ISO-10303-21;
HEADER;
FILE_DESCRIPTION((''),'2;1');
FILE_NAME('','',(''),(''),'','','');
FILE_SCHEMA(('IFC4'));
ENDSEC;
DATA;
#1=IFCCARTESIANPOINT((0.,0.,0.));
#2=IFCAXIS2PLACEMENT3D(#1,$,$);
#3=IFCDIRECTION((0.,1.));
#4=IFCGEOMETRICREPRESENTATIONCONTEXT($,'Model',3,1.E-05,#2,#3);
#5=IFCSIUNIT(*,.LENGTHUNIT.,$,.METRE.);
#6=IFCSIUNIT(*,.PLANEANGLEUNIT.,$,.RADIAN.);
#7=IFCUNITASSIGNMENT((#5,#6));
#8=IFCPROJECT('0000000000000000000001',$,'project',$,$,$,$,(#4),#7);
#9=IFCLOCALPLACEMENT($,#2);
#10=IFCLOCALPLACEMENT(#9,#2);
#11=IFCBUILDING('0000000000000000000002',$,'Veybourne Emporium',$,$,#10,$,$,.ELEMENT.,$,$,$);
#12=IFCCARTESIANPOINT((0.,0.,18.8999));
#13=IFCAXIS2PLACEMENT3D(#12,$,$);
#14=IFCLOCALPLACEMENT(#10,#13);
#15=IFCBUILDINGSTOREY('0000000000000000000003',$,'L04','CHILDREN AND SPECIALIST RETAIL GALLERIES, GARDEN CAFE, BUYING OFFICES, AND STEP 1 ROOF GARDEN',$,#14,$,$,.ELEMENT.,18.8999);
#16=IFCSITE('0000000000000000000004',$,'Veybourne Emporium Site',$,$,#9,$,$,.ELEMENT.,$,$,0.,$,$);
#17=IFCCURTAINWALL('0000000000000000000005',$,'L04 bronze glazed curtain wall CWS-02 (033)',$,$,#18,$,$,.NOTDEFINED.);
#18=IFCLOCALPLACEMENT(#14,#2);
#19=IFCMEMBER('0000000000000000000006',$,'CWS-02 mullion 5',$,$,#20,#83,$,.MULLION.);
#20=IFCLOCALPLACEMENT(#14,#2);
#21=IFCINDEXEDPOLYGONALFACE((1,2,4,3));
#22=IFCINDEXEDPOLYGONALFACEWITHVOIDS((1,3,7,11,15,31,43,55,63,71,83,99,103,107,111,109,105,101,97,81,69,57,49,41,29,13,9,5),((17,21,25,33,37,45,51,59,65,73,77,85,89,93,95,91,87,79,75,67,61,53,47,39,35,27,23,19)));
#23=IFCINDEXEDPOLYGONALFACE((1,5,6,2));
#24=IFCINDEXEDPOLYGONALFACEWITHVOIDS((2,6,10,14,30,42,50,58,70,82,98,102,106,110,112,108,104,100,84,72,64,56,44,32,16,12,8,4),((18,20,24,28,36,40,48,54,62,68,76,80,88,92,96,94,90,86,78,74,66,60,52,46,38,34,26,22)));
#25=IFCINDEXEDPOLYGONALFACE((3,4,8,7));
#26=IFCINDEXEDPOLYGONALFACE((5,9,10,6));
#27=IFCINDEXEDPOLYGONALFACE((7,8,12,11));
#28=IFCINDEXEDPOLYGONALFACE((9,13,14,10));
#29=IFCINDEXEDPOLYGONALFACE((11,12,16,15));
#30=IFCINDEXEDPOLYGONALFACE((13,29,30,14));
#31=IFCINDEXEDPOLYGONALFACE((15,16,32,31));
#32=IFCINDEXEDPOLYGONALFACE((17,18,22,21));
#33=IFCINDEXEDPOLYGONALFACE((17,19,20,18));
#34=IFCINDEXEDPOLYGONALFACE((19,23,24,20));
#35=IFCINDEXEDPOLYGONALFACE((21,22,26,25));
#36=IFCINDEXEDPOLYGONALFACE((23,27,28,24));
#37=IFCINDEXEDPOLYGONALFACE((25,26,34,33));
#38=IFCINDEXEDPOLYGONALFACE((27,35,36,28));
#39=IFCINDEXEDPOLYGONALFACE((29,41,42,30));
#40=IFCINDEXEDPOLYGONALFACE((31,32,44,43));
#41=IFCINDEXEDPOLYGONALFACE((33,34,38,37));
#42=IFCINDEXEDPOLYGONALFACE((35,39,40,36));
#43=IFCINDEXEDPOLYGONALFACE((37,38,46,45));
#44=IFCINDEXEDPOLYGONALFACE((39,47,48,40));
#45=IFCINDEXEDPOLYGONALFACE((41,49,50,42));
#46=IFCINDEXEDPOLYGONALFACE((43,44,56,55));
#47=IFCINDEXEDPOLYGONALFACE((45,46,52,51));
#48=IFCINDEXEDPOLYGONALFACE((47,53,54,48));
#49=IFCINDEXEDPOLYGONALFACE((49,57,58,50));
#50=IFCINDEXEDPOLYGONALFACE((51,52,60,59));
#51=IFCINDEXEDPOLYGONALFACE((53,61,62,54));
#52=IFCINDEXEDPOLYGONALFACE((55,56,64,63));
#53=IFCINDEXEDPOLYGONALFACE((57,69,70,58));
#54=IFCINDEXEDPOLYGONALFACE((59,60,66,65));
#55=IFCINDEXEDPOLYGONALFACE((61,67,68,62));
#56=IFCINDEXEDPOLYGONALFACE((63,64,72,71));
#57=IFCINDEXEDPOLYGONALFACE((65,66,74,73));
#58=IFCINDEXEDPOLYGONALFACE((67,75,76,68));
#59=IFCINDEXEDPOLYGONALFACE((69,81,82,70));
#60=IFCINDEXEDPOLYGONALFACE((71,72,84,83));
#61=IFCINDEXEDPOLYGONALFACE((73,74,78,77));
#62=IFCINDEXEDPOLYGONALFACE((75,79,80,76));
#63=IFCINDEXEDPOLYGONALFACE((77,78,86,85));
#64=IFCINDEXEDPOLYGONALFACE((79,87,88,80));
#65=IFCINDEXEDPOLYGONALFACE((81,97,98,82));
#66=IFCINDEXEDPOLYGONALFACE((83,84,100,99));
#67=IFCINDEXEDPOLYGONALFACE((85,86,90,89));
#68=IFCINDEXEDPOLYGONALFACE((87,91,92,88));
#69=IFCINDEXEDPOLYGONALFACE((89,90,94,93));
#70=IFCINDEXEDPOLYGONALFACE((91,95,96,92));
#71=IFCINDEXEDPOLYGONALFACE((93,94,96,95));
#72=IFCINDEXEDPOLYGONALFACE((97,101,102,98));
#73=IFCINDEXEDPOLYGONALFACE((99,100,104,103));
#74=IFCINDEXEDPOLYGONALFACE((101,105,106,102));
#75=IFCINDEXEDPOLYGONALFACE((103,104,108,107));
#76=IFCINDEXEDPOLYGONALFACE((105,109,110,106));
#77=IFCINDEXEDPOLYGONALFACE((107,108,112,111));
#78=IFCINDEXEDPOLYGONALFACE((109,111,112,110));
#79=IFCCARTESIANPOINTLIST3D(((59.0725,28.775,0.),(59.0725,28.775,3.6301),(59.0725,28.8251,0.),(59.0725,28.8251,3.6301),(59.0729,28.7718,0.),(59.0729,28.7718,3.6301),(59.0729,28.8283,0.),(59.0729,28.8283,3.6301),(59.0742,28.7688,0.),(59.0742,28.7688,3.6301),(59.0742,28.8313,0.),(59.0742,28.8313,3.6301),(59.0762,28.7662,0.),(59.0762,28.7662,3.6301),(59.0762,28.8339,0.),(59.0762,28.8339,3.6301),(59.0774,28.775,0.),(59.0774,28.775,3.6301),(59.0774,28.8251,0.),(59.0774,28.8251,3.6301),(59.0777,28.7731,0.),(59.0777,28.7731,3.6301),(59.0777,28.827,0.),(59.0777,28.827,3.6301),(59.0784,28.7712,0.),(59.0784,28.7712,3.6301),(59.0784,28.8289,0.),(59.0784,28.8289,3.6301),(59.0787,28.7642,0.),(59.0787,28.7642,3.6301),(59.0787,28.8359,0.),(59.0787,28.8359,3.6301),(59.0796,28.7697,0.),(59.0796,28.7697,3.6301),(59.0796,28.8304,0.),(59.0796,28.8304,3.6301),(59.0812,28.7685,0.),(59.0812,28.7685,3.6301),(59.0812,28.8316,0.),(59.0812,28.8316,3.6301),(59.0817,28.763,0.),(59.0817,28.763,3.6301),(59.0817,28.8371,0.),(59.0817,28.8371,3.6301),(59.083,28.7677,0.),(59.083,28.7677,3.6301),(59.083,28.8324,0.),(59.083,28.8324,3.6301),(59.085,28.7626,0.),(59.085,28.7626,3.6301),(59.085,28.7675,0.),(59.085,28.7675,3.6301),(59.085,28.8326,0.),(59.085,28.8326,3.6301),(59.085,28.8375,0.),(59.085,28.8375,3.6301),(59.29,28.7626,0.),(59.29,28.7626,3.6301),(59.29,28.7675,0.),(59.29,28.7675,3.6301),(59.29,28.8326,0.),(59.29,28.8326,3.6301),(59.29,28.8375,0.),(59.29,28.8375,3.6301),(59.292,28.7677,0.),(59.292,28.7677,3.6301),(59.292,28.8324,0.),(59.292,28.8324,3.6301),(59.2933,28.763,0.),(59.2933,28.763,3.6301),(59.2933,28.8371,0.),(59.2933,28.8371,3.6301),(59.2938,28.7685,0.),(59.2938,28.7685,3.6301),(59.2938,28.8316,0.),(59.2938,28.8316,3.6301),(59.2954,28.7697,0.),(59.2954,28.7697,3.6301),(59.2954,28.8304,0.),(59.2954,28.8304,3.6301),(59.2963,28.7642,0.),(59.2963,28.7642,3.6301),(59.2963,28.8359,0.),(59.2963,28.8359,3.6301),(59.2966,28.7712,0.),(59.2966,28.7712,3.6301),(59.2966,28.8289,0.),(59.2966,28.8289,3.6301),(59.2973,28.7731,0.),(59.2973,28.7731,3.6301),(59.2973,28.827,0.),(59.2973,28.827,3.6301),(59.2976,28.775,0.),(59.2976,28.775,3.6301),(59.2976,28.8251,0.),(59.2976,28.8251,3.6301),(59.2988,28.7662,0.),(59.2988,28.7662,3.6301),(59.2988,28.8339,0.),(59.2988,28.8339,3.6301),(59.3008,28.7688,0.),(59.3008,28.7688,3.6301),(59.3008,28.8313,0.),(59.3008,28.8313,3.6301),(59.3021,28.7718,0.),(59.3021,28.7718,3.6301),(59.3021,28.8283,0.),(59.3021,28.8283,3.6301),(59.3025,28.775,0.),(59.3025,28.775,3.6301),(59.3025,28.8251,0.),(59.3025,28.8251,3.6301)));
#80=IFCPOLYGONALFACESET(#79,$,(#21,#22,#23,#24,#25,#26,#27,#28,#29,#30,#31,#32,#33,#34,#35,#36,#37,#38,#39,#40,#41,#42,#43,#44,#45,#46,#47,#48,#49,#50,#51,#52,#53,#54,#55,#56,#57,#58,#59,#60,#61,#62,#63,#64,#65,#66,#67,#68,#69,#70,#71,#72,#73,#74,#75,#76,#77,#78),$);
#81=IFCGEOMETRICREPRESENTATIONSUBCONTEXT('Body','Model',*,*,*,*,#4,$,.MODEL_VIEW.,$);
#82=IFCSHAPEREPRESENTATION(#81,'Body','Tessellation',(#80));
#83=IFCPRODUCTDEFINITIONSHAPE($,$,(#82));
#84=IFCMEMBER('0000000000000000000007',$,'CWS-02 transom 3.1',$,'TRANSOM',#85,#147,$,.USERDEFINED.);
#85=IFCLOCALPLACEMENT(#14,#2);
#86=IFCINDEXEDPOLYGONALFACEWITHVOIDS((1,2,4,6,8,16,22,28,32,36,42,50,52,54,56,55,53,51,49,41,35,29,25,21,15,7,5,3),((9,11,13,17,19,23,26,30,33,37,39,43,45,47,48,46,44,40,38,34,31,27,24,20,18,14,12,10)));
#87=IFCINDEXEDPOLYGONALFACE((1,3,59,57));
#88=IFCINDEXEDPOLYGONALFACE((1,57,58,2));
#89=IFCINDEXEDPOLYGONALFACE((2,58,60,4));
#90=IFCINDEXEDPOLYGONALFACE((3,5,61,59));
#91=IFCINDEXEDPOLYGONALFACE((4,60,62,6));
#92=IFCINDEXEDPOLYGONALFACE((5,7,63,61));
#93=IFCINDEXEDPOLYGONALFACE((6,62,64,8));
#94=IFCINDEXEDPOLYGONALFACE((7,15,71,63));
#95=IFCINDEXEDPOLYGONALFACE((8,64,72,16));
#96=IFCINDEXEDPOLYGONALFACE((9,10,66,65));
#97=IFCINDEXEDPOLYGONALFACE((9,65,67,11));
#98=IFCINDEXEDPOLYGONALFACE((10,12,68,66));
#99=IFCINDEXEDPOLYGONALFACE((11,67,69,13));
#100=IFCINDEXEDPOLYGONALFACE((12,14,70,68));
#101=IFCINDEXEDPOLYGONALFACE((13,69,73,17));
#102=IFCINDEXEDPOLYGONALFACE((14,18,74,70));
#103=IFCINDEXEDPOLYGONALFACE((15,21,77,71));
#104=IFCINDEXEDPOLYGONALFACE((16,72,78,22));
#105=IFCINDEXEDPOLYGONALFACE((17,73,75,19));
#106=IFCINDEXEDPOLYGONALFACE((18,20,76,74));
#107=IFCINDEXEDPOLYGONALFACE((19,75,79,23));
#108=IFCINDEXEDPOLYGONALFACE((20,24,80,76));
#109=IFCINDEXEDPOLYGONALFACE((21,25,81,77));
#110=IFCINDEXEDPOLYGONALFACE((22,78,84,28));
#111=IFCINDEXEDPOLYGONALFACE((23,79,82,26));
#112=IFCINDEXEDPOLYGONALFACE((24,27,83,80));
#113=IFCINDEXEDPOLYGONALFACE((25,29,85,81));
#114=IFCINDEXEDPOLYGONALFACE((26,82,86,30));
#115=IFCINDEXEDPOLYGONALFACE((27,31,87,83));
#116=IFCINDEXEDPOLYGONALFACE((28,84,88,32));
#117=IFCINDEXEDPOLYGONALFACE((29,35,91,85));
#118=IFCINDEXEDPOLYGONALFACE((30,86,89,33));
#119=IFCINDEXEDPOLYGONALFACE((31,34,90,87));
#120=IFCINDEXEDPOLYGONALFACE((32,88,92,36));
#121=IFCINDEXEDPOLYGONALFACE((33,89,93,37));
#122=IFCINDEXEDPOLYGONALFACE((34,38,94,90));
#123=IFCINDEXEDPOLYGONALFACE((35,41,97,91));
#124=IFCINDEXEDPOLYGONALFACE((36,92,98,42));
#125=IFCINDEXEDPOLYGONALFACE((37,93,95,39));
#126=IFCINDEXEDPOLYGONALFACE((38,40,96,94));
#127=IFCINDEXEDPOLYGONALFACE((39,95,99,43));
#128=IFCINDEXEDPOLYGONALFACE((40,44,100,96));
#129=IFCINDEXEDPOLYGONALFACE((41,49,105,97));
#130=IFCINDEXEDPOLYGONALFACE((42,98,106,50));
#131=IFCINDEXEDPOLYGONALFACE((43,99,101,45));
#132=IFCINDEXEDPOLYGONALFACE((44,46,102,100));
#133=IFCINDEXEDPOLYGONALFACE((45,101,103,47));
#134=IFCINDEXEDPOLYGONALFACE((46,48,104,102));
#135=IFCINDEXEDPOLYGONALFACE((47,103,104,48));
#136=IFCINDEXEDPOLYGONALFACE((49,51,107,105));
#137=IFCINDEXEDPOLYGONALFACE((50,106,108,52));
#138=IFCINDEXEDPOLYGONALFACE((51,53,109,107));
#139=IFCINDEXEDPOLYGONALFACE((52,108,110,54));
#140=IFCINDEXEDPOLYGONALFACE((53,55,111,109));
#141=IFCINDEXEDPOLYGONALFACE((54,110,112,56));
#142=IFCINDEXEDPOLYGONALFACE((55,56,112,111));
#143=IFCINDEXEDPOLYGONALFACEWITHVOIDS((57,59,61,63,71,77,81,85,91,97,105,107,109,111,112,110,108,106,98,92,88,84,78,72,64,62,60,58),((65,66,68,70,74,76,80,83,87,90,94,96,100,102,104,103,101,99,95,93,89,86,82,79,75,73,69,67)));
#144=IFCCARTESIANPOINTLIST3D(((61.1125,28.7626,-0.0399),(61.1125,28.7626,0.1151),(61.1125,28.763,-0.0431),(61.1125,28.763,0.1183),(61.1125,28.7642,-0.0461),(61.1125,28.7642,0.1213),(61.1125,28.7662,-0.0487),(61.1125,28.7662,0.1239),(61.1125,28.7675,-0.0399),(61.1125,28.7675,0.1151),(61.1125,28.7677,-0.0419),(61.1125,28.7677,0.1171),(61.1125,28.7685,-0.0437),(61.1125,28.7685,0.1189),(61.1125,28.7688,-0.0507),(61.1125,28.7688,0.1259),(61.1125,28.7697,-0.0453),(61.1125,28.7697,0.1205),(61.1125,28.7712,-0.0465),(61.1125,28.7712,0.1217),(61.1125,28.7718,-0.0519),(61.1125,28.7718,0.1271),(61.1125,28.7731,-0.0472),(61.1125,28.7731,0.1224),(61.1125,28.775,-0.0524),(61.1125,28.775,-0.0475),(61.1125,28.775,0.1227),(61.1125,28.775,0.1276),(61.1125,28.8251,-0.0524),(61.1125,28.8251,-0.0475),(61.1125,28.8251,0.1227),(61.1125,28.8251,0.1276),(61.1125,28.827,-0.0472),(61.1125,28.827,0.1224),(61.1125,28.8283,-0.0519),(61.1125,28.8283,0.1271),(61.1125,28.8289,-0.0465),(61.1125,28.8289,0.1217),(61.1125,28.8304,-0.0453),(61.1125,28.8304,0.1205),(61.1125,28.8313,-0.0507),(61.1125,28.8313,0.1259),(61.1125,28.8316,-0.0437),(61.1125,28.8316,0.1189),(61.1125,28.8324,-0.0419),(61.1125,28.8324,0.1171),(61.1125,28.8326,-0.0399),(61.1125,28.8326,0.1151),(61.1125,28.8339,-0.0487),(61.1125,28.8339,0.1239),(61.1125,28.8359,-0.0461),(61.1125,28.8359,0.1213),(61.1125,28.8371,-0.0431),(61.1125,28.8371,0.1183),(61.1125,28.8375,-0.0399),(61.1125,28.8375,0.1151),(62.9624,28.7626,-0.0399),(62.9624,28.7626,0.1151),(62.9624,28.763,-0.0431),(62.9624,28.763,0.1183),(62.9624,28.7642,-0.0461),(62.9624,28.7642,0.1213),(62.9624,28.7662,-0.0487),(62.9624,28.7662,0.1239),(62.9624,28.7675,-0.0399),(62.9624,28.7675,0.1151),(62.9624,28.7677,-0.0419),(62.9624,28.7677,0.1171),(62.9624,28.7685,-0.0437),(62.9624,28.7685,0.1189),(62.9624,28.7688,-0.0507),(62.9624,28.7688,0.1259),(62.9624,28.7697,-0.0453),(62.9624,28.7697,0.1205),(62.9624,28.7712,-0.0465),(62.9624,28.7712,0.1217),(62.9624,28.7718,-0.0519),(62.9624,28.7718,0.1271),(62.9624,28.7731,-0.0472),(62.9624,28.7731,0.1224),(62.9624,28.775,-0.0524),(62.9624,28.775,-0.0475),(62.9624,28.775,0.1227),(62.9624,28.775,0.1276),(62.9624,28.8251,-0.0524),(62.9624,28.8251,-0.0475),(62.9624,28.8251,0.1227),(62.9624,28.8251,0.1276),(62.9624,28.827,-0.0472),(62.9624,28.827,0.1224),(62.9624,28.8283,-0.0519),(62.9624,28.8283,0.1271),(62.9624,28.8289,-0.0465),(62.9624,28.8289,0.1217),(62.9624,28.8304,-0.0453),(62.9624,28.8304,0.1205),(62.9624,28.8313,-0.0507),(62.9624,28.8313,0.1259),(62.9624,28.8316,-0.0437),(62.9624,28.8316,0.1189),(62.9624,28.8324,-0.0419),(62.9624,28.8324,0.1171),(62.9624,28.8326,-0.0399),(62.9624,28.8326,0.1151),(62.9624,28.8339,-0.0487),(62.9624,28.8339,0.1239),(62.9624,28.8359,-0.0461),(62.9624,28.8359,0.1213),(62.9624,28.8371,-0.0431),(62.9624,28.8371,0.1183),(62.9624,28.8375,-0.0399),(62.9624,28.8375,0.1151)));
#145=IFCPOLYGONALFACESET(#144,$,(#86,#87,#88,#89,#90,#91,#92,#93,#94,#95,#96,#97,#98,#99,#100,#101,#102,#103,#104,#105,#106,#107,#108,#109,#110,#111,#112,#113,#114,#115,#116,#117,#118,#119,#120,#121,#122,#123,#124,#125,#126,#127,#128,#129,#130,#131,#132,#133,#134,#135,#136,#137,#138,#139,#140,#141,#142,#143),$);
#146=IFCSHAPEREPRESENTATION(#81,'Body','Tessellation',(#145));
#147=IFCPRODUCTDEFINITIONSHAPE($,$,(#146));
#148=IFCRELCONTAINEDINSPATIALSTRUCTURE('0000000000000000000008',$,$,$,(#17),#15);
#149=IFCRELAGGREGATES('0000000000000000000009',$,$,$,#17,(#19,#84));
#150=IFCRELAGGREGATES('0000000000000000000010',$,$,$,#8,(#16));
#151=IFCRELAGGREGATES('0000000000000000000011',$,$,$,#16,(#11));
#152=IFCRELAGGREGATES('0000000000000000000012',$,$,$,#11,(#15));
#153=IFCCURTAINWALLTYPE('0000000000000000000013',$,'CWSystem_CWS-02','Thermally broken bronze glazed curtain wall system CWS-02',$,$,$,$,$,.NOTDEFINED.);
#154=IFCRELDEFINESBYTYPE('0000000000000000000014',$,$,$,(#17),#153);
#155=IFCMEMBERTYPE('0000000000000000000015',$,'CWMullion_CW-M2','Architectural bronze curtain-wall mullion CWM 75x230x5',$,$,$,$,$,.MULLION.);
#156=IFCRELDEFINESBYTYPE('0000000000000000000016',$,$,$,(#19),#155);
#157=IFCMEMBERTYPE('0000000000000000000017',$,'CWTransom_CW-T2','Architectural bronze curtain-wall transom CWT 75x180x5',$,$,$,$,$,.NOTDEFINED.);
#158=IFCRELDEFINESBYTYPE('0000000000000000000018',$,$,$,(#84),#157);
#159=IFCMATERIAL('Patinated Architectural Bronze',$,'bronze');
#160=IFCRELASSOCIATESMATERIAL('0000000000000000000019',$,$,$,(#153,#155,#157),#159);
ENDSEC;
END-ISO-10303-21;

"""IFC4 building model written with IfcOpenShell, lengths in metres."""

from ifc_helpers import new_model, si_unit, direction, frame, origin, origin_2d, place, context, subcontext, project, spatial, hollow_rectangle, extrude, material, material_profile, profile_set, type_object, element, aggregate, save


model = new_model("IFC4")

# Units and contexts
model_context = context("Model", 3, precision=1e-05, world=origin(), true_north=direction((0.0, 1.0)))
body_context = subcontext(model_context, "Body", "Model", "MODEL_VIEW")
ifc_project = project(units=[si_unit("LENGTHUNIT", "METRE"), si_unit("PLANEANGLEUNIT", "RADIAN")], contexts=[model_context])

# Site, building, storey
site_placement = place(None, origin())
site = spatial("IfcSite", under=ifc_project, at=site_placement, Name="Veybourne Emporium Site", CompositionType="ELEMENT", RefElevation=0.0)
building_placement = place(site_placement, origin())
building = spatial("IfcBuilding", under=site, at=building_placement, Name="Veybourne Emporium", CompositionType="ELEMENT")
storey_placement = place(building_placement, frame((0.0, 0.0, 18.8999)))
storey = spatial("IfcBuildingStorey", under=building, at=storey_placement, Name="L04", Description="CHILDREN AND SPECIALIST RETAIL GALLERIES, GARDEN CAFE, BUYING OFFICES, AND STEP 1 ROOF GARDEN", CompositionType="ELEMENT", Elevation=18.8999)

# Curtain wall, members
ifc_material_1 = material(Name="Patinated Architectural Bronze", Category="bronze")
curtain_wall_type = type_object("IfcCurtainWallType", Name="CWSystem_CWS-02", Description="Thermally broken bronze glazed curtain wall system CWS-02", PredefinedType="NOTDEFINED", material=ifc_material_1)
curtain_wall_placement = place(storey_placement, origin())
curtain_wall = element("IfcCurtainWall", 1, at=curtain_wall_placement, inside=storey, type_object=curtain_wall_type, Name="L04 bronze glazed curtain wall CWS-02 (033)", PredefinedType="NOTDEFINED")
ifc_material_profile_1 = material_profile(ifc_material_1, hollow_rectangle(XDim=0.075, YDim=0.23, WallThickness=0.0049, InnerFilletRadius=0.0076, OuterFilletRadius=0.0125, at=origin_2d()), Name="CWM 75x230x5")
ifc_profile_set_1 = profile_set([ifc_material_profile_1], Name="Patinated Architectural Bronze")
member_type_1 = type_object("IfcMemberType", Name="CWMullion_CW-M2", Description="Architectural bronze curtain-wall mullion CWM 75x230x5", PredefinedType="MULLION", material=ifc_profile_set_1)
member_1_placement = place(storey_placement, frame((59.1875, 28.8, 0.0), z_axis=(0.0, 0.0, 1.0), x_axis=(0.0, -1.0, 0.0)))
member_1 = element("IfcMember", 2, at=member_1_placement, type_object=member_type_1, Name="CWS-02 mullion 5", PredefinedType="MULLION", context=body_context, shape_type="SweptSolid", body=[
    extrude(hollow_rectangle(XDim=0.075, YDim=0.23, WallThickness=0.0049, InnerFilletRadius=0.0076, OuterFilletRadius=0.0125, at=origin_2d()), origin(), (0.0, 0.0, 1.0), 3.6301),
])
ifc_material_profile_2 = material_profile(ifc_material_1, hollow_rectangle(XDim=0.075, YDim=0.1799, WallThickness=0.0049, InnerFilletRadius=0.0076, OuterFilletRadius=0.0125, at=origin_2d()), Name="CWT 75x180x5")
ifc_profile_set_2 = profile_set([ifc_material_profile_2], Name="Patinated Architectural Bronze")
member_type_2 = type_object("IfcMemberType", Name="CWTransom_CW-T2", Description="Architectural bronze curtain-wall transom CWT 75x180x5", PredefinedType="NOTDEFINED", material=ifc_profile_set_2)
member_2_placement = place(storey_placement, frame((62.9624, 28.8, 0.0376), z_axis=(-1.0, 0.0, 0.0), x_axis=(0.0, -1.0, 0.0)))
member_2 = element("IfcMember", 3, at=member_2_placement, type_object=member_type_2, Name="CWS-02 transom 3.1", ObjectType="TRANSOM", PredefinedType="USERDEFINED", context=body_context, shape_type="SweptSolid", body=[
    extrude(hollow_rectangle(XDim=0.075, YDim=0.1799, WallThickness=0.0049, InnerFilletRadius=0.0076, OuterFilletRadius=0.0125, at=origin_2d()), origin(), (0.0, 0.0, 1.0), 1.8499),
])

aggregate(curtain_wall, [member_1, member_2])

save(model, "model.ifc")
